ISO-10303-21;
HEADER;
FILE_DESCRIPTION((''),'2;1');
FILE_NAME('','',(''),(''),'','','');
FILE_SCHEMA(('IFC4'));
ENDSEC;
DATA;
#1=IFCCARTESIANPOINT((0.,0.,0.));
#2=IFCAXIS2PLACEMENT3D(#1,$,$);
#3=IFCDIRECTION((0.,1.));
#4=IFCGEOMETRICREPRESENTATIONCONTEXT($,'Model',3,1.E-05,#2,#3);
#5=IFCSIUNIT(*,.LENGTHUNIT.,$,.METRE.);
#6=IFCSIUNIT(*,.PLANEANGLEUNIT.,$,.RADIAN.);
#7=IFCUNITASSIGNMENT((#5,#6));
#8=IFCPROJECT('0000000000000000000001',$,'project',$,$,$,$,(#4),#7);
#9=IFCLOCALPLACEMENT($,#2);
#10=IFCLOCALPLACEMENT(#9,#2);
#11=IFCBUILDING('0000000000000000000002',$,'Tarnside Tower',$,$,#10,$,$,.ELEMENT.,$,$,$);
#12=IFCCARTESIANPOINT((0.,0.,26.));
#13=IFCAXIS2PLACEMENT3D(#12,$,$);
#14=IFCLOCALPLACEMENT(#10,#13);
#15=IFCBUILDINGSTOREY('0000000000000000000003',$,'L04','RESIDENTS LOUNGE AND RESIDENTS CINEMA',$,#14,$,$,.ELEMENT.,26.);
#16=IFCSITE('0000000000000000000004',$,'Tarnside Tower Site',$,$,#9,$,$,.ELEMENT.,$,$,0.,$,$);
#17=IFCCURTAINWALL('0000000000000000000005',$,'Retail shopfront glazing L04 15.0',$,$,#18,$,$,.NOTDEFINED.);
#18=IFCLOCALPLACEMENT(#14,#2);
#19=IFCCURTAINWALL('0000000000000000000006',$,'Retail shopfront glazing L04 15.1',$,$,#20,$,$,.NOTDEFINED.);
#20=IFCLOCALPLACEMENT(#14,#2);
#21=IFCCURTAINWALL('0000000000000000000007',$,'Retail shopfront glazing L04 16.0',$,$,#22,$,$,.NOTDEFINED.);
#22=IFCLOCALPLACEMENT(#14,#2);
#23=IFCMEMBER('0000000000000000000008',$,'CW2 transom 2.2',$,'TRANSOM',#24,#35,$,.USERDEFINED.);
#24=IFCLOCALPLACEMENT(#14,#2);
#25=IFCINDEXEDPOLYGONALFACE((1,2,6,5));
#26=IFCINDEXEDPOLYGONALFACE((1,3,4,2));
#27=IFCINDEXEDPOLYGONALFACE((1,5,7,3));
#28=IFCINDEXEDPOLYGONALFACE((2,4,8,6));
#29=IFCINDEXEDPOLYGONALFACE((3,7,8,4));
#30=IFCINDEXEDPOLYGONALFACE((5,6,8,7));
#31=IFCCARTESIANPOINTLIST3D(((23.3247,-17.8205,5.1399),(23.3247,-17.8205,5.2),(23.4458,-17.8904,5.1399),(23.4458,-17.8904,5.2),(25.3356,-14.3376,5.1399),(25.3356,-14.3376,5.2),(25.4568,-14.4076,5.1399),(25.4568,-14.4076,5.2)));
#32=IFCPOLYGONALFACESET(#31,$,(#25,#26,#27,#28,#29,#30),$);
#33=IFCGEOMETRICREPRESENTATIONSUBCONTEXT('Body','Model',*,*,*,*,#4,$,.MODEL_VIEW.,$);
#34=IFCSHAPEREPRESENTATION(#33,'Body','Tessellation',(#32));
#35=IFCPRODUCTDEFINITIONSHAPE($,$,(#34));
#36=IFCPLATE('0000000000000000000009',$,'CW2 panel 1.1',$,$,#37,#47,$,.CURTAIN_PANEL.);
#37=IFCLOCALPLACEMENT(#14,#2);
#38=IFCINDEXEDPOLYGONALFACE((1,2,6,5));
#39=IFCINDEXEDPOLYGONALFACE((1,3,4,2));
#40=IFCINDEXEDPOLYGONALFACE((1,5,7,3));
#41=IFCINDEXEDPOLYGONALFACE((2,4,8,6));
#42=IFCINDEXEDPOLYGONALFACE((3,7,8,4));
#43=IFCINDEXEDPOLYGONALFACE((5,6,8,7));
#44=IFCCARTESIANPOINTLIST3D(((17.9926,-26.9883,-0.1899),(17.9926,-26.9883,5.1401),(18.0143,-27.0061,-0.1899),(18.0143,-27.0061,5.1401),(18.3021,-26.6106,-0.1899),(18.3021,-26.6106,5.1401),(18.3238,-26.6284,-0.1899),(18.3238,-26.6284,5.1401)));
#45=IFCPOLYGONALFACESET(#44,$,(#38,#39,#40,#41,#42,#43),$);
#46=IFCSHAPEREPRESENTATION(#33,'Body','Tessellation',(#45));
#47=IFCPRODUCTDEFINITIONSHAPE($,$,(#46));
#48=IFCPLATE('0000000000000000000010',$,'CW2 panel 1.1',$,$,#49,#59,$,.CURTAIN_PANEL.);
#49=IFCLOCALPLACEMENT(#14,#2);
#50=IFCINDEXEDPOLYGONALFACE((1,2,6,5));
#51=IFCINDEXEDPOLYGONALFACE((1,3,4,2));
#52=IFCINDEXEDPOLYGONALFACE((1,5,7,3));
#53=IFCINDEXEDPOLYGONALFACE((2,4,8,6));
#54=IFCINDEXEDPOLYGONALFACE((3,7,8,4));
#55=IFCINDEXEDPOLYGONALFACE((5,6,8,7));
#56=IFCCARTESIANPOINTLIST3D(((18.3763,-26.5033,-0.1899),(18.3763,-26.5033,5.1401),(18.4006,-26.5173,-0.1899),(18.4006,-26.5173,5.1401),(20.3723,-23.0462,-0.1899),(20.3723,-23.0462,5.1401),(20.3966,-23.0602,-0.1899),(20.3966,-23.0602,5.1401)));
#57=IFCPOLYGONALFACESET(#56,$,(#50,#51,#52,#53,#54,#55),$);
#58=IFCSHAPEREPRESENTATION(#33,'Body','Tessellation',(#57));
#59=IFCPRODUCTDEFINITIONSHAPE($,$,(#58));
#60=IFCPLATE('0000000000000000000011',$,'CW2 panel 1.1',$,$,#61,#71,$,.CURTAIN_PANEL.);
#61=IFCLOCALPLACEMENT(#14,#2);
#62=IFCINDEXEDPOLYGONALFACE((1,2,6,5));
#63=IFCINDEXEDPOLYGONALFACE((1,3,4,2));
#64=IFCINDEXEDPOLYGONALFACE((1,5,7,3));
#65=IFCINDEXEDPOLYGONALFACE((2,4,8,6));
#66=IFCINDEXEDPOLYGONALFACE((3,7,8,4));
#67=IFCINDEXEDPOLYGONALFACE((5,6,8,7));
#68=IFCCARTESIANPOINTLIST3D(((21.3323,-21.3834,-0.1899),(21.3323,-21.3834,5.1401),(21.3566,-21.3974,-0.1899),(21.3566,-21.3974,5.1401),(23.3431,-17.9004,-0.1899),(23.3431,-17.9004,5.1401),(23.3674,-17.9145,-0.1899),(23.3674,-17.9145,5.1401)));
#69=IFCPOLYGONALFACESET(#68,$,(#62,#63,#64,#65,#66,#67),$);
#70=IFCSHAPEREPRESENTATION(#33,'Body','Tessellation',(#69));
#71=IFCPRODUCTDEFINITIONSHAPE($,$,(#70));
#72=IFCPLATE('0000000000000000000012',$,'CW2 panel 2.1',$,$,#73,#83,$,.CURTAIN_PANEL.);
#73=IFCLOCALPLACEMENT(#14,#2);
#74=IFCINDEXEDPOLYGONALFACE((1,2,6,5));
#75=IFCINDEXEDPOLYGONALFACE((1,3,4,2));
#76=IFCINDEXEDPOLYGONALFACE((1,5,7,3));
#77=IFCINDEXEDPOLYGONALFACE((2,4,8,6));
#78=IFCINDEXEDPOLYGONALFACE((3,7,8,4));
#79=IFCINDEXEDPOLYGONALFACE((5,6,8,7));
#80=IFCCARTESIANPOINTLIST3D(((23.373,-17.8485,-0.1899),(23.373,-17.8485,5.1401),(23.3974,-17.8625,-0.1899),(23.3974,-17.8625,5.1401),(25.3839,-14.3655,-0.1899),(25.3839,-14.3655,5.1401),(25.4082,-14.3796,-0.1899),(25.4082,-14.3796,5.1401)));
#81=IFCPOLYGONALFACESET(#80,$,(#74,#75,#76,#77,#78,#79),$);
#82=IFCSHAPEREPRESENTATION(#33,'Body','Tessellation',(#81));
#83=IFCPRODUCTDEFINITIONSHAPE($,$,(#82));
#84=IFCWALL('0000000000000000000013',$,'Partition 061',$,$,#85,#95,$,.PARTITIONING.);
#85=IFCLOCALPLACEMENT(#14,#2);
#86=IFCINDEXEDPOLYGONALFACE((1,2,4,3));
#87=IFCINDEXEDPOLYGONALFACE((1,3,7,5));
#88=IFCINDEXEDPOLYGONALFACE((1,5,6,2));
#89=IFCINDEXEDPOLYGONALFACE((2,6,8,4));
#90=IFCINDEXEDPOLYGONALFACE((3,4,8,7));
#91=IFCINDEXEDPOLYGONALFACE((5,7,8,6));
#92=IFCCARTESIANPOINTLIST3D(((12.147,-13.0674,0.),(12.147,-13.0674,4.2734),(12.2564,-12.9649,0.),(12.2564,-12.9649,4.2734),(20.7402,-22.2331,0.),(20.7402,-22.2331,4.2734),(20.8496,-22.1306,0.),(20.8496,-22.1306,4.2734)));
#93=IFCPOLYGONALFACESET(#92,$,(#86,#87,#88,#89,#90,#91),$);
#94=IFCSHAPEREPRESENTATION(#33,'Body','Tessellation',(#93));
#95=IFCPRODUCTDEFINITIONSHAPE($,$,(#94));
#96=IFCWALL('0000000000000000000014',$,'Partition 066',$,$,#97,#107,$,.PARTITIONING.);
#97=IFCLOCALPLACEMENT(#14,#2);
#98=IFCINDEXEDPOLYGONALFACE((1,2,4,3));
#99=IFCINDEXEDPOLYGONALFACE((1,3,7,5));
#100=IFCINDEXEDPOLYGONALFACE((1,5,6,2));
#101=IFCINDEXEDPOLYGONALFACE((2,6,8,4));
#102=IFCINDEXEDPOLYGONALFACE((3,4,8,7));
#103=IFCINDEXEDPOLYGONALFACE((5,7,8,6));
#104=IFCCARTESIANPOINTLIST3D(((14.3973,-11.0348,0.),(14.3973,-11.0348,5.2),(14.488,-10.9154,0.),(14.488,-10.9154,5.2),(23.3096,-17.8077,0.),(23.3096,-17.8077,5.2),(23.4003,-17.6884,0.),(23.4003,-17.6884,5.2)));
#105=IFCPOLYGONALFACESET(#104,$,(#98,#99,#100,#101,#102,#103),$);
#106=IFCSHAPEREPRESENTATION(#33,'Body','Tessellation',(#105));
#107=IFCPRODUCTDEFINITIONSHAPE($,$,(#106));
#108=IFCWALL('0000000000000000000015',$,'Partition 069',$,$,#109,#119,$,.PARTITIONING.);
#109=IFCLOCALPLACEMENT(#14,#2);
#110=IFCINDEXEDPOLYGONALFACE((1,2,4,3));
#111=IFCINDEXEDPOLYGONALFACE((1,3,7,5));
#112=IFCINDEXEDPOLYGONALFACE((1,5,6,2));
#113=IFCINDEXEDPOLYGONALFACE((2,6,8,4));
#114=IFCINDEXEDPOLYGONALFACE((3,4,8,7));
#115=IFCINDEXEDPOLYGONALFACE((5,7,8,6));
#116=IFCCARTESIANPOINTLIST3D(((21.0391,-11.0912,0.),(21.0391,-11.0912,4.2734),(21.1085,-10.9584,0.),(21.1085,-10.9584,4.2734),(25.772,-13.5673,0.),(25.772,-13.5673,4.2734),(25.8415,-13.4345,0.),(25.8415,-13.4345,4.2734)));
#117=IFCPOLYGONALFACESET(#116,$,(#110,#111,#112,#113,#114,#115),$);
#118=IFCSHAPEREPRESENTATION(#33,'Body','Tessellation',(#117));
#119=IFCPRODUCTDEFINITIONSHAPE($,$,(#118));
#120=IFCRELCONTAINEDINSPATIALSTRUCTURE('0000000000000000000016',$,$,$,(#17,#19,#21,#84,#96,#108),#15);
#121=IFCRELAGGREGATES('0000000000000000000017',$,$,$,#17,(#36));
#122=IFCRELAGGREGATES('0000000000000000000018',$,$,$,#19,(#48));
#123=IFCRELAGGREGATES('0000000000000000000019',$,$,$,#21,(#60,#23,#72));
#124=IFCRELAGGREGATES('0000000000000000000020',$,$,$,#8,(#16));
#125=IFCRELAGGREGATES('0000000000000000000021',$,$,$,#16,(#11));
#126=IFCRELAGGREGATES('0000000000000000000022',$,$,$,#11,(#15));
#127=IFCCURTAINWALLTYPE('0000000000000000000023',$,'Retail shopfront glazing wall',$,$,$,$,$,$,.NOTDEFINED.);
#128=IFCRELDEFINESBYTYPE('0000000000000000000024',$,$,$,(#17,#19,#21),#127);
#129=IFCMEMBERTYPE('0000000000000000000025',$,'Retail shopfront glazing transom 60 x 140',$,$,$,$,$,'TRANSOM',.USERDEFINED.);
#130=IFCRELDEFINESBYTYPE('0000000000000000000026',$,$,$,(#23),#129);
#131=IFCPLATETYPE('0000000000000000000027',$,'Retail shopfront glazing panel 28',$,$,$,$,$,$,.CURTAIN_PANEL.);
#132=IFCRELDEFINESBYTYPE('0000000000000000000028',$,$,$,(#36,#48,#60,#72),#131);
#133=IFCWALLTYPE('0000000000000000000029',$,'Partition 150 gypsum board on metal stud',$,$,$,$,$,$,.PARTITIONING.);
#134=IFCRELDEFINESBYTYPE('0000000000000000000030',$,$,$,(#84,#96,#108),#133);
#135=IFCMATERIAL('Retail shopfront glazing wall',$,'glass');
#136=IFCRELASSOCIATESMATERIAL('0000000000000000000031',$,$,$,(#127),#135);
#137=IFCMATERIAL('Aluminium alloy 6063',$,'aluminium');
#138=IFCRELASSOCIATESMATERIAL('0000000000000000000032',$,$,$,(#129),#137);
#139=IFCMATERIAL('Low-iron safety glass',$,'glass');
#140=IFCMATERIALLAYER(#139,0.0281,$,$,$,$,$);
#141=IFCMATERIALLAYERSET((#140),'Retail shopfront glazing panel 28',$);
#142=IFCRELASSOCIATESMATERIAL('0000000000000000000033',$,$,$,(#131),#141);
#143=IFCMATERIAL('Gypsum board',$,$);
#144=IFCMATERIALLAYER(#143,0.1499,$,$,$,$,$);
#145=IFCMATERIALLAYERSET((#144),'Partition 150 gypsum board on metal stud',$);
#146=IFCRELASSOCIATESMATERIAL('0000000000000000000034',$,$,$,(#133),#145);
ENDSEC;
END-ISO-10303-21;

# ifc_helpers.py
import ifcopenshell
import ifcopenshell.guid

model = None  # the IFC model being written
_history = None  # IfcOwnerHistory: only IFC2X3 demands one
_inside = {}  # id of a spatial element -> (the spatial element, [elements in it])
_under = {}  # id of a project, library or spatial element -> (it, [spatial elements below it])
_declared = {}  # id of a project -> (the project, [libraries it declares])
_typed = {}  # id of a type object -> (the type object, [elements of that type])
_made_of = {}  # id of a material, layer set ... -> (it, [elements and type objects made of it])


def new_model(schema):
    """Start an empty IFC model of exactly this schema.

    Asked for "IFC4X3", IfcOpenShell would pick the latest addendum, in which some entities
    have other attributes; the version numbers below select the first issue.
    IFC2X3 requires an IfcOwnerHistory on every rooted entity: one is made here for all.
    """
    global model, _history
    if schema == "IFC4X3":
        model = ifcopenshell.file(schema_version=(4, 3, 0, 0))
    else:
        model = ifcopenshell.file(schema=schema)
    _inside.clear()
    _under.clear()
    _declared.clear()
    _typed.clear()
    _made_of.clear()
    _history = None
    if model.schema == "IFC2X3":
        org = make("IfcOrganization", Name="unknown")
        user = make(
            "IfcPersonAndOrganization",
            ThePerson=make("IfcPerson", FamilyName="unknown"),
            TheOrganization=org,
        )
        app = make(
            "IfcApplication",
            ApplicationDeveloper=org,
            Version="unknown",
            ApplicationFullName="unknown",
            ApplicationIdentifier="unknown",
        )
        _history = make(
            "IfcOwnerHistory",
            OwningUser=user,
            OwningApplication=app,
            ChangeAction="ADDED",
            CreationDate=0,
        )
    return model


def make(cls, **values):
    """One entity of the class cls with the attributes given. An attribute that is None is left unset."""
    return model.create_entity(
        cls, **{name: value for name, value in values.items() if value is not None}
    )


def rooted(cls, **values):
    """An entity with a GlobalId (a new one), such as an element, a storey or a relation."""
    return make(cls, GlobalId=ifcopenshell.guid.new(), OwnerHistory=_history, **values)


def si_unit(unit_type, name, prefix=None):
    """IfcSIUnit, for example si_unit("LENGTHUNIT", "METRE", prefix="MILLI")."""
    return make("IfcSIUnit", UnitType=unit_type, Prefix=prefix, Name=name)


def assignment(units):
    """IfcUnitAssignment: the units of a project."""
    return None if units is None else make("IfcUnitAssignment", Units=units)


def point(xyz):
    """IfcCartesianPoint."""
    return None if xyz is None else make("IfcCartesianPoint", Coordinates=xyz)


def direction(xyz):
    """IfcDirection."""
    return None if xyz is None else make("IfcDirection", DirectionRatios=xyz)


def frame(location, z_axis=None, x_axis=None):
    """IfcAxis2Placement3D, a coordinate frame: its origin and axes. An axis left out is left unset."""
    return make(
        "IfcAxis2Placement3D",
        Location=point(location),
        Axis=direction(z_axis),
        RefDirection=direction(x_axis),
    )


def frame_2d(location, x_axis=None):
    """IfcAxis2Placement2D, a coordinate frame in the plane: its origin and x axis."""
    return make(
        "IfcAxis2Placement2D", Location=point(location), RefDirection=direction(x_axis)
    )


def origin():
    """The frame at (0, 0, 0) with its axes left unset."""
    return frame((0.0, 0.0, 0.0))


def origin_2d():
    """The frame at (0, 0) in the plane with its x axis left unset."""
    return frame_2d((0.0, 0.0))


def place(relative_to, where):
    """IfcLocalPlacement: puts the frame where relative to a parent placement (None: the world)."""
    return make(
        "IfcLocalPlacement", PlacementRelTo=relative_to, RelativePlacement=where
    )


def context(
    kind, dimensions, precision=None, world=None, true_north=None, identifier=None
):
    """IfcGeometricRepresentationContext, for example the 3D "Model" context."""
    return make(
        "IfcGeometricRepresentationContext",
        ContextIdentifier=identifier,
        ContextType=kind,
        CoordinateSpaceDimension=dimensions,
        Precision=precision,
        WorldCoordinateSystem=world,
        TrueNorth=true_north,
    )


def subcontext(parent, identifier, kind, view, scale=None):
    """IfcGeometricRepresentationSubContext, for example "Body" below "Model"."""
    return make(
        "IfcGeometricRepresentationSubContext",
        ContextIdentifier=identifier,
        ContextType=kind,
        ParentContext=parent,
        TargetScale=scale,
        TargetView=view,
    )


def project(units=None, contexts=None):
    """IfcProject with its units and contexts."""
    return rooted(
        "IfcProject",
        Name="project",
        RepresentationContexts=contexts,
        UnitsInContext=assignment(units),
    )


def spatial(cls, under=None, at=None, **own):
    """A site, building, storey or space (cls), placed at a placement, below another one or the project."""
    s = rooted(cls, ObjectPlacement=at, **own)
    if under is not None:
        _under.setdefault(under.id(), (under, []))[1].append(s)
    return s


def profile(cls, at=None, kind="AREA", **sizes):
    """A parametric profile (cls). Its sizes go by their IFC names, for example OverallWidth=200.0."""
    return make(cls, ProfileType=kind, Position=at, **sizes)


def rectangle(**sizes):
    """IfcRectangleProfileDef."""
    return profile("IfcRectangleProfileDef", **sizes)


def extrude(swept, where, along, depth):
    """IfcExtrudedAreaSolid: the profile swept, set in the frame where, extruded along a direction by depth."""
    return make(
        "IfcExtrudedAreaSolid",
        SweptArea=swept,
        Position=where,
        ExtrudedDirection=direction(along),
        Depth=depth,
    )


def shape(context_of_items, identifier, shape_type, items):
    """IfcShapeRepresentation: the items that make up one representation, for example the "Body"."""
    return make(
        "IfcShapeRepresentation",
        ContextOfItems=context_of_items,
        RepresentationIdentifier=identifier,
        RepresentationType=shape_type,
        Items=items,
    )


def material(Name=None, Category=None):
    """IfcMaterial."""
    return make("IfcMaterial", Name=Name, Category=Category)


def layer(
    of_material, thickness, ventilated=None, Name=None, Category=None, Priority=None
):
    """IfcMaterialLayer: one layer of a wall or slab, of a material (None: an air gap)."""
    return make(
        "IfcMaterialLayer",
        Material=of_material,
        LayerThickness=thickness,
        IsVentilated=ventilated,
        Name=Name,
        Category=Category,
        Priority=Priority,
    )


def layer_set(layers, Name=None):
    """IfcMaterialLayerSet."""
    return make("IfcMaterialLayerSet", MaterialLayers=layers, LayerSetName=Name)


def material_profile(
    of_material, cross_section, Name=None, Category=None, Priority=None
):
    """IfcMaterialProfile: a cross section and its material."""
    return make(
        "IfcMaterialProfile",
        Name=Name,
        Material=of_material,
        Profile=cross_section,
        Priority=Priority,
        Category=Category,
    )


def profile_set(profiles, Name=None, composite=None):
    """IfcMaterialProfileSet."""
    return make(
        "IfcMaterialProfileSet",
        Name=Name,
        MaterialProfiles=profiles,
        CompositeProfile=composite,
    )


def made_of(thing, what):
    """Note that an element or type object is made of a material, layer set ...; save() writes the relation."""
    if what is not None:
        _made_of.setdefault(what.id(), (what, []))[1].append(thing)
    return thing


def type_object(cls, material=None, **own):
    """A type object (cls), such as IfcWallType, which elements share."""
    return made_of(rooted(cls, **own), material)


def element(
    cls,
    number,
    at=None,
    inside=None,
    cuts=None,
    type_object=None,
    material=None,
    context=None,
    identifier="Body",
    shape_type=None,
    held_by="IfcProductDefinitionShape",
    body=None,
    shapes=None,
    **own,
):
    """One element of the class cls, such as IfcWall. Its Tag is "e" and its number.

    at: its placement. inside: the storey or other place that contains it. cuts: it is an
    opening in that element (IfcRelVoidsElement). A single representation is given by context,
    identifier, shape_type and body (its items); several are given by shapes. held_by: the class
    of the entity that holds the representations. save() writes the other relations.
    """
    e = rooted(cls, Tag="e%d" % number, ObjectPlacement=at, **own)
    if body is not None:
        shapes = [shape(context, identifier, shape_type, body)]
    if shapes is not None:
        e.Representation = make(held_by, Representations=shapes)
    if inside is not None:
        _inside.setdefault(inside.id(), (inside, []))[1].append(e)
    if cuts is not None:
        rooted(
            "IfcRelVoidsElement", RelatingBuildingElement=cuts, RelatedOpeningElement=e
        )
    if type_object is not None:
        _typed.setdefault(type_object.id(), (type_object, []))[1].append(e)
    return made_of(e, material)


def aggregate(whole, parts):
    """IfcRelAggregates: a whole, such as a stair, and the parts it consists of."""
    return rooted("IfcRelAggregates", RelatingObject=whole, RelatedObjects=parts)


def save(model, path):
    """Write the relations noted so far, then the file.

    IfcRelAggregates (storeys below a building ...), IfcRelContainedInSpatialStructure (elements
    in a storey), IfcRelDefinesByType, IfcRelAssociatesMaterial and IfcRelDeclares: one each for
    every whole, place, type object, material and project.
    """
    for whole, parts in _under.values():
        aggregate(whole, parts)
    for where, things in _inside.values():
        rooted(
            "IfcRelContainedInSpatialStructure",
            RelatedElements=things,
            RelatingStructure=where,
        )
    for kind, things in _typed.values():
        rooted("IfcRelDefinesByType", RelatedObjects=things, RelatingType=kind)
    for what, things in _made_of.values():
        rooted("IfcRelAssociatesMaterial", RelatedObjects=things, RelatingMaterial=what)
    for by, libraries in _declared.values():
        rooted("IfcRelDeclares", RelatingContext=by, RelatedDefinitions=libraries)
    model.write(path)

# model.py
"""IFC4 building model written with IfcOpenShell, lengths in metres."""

from ifc_helpers import new_model, si_unit, direction, frame, frame_2d, origin, origin_2d, place, context, subcontext, project, spatial, rectangle, extrude, material, layer, layer_set, material_profile, profile_set, type_object, element, aggregate, save


model = new_model("IFC4")

# Units and contexts
model_context = context("Model", 3, precision=1e-05, world=origin(), true_north=direction((0.0, 1.0)))
body_context = subcontext(model_context, "Body", "Model", "MODEL_VIEW")
ifc_project = project(units=[si_unit("LENGTHUNIT", "METRE"), si_unit("PLANEANGLEUNIT", "RADIAN")], contexts=[model_context])

# Site, building, storey
site_placement = place(None, origin())
site = spatial("IfcSite", under=ifc_project, at=site_placement, Name="Tarnside Tower Site", CompositionType="ELEMENT", RefElevation=0.0)
building_placement = place(site_placement, origin())
building = spatial("IfcBuilding", under=site, at=building_placement, Name="Tarnside Tower", CompositionType="ELEMENT")
storey_placement = place(building_placement, frame((0.0, 0.0, 26.0)))
storey = spatial("IfcBuildingStorey", under=building, at=storey_placement, Name="L04", Description="RESIDENTS LOUNGE AND RESIDENTS CINEMA", CompositionType="ELEMENT", Elevation=26.0)

# Curtain wall
ifc_material_1 = material(Name="Retail shopfront glazing wall", Category="glass")
curtain_wall_type = type_object("IfcCurtainWallType", Name="Retail shopfront glazing wall", PredefinedType="NOTDEFINED", material=ifc_material_1)
curtain_wall_1_placement = place(storey_placement, origin())
curtain_wall_1 = element("IfcCurtainWall", 1, at=curtain_wall_1_placement, inside=storey, type_object=curtain_wall_type, Name="Retail shopfront glazing L04 15.0", PredefinedType="NOTDEFINED")
ifc_material_2 = material(Name="Aluminium alloy 6063", Category="aluminium")

# Curtain walls
curtain_wall_2_placement = place(storey_placement, origin())
curtain_wall_2 = element("IfcCurtainWall", 2, at=curtain_wall_2_placement, inside=storey, type_object=curtain_wall_type, Name="Retail shopfront glazing L04 15.1", PredefinedType="NOTDEFINED")
curtain_wall_3_placement = place(storey_placement, origin())
curtain_wall_3 = element("IfcCurtainWall", 3, at=curtain_wall_3_placement, inside=storey, type_object=curtain_wall_type, Name="Retail shopfront glazing L04 16.0", PredefinedType="NOTDEFINED")

# Member
ifc_material_profile_1 = material_profile(ifc_material_2, rectangle(XDim=0.1399, YDim=0.0601, at=origin_2d()), Name="Retail shopfront glazing transom 60 x 140")
ifc_profile_set_1 = profile_set([ifc_material_profile_1], Name="Aluminium alloy 6063")
member_type_1 = type_object("IfcMemberType", Name="Retail shopfront glazing transom 60 x 140", ElementType="TRANSOM", PredefinedType="USERDEFINED", material=ifc_profile_set_1)
member_1_placement = place(storey_placement, frame((23.3853, -17.8555, 5.1699), z_axis=(0.500024, 0.866012, 0.0), x_axis=(-0.866012, 0.500024, 0.0)))
member_1 = element("IfcMember", 4, at=member_1_placement, type_object=member_type_1, Name="CW2 transom 2.2", ObjectType="TRANSOM", PredefinedType="USERDEFINED", context=body_context, shape_type="SweptSolid", body=[
    extrude(rectangle(XDim=0.1399, YDim=0.0601, at=origin_2d()), origin(), (0.0, 0.0, 1.0), 4.0217),
])

# Plates
ifc_material_3 = material(Name="Low-iron safety glass", Category="glass")
ifc_layer_1 = layer(ifc_material_3, 0.0281)
ifc_layer_set_1 = layer_set([ifc_layer_1], Name="Retail shopfront glazing panel 28")
plate_type = type_object("IfcPlateType", Name="Retail shopfront glazing panel 28", PredefinedType="CURTAIN_PANEL", material=ifc_layer_set_1)
plate_1_placement = place(storey_placement, frame((18.1582, -26.8083, -0.1899), z_axis=(0.0, 0.0, 1.0), x_axis=(0.633831, 0.773472, 0.0)))
plate_1 = element("IfcPlate", 5, at=plate_1_placement, type_object=plate_type, Name="CW2 panel 1.1", PredefinedType="CURTAIN_PANEL", context=body_context, shape_type="SweptSolid", body=[
    extrude(rectangle(XDim=0.4883, YDim=0.0281, at=origin_2d()), origin(), (0.0, 0.0, 1.0), 5.3301),
])
aggregate(curtain_wall_1, [plate_1])
plate_2_placement = place(storey_placement, frame((19.3865, -24.7817, -0.1899), z_axis=(0.0, 0.0, 1.0), x_axis=(0.5, 0.866025, 0.0)))
plate_2 = element("IfcPlate", 6, at=plate_2_placement, type_object=plate_type, Name="CW2 panel 1.1", PredefinedType="CURTAIN_PANEL", context=body_context, shape_type="SweptSolid", body=[
    extrude(rectangle(XDim=3.9919, YDim=0.0281, at=origin_2d()), origin(), (0.0, 0.0, 1.0), 5.3301),
])
aggregate(curtain_wall_2, [plate_2])
plate_3_placement = place(storey_placement, frame((22.3499, -19.6489, -0.1899), z_axis=(0.0, 0.0, 1.0), x_axis=(0.5, 0.866025, 0.0)))
plate_3 = element("IfcPlate", 7, at=plate_3_placement, type_object=plate_type, Name="CW2 panel 1.1", PredefinedType="CURTAIN_PANEL", context=body_context, shape_type="SweptSolid", body=[
    extrude(rectangle(XDim=4.0217, YDim=0.0281, at=origin_2d()), origin(), (0.0, 0.0, 1.0), 5.3301),
])
plate_4_placement = place(storey_placement, frame((24.3906, -16.114, -0.1899), z_axis=(0.0, 0.0, 1.0), x_axis=(0.5, 0.866025, 0.0)))
plate_4 = element("IfcPlate", 8, at=plate_4_placement, type_object=plate_type, Name="CW2 panel 2.1", PredefinedType="CURTAIN_PANEL", context=body_context, shape_type="SweptSolid", body=[
    extrude(rectangle(XDim=4.0217, YDim=0.0281, at=origin_2d()), origin(), (0.0, 0.0, 1.0), 5.3301),
])
aggregate(curtain_wall_3, [plate_3, member_1, plate_4])

# Walls
ifc_material_4 = material(Name="Gypsum board")
ifc_layer_2 = layer(ifc_material_4, 0.1499)
ifc_layer_set_2 = layer_set([ifc_layer_2], Name="Partition 150 gypsum board on metal stud")
wall_type = type_object("IfcWallType", Name="Partition 150 gypsum board on metal stud", PredefinedType="PARTITIONING", material=ifc_layer_set_2)
wall_1_placement = place(storey_placement, frame((20.7949, -22.1819, 0.0), z_axis=(0.0, 0.0, 1.0), x_axis=(-0.683956, 0.729523, 0.0)))
element("IfcWall", 9, at=wall_1_placement, inside=storey, type_object=wall_type, Name="Partition 061", PredefinedType="PARTITIONING", context=body_context, shape_type="SweptSolid", body=[
    extrude(rectangle(XDim=12.564, YDim=0.1499, at=frame_2d((6.282, 0.0))), origin(), (0.0, 0.0, 1.0), 4.2734),
])
wall_2_placement = place(storey_placement, frame((23.355, -17.748, 0.0), z_axis=(0.0, 0.0, 1.0), x_axis=(-0.796181, 0.605058, 0.0)))
element("IfcWall", 10, at=wall_2_placement, inside=storey, type_object=wall_type, Name="Partition 066", PredefinedType="PARTITIONING", context=body_context, shape_type="SweptSolid", body=[
    extrude(rectangle(XDim=11.1938, YDim=0.1499, at=frame_2d((5.5969, 0.0))), origin(), (0.0, 0.0, 1.0), 5.2),
])
wall_3_placement = place(storey_placement, frame((25.8069, -13.501, 0.0), z_axis=(0.0, 0.0, 1.0), x_axis=(-0.886068, 0.463556, 0.0)))
element("IfcWall", 11, at=wall_3_placement, inside=storey, type_object=wall_type, Name="Partition 069", PredefinedType="PARTITIONING", context=body_context, shape_type="SweptSolid", body=[
    extrude(rectangle(XDim=5.3416, YDim=0.1499, at=frame_2d((2.6709, 0.0))), origin(), (0.0, 0.0, 1.0), 4.2734),
])

save(model, "model.ifc")
